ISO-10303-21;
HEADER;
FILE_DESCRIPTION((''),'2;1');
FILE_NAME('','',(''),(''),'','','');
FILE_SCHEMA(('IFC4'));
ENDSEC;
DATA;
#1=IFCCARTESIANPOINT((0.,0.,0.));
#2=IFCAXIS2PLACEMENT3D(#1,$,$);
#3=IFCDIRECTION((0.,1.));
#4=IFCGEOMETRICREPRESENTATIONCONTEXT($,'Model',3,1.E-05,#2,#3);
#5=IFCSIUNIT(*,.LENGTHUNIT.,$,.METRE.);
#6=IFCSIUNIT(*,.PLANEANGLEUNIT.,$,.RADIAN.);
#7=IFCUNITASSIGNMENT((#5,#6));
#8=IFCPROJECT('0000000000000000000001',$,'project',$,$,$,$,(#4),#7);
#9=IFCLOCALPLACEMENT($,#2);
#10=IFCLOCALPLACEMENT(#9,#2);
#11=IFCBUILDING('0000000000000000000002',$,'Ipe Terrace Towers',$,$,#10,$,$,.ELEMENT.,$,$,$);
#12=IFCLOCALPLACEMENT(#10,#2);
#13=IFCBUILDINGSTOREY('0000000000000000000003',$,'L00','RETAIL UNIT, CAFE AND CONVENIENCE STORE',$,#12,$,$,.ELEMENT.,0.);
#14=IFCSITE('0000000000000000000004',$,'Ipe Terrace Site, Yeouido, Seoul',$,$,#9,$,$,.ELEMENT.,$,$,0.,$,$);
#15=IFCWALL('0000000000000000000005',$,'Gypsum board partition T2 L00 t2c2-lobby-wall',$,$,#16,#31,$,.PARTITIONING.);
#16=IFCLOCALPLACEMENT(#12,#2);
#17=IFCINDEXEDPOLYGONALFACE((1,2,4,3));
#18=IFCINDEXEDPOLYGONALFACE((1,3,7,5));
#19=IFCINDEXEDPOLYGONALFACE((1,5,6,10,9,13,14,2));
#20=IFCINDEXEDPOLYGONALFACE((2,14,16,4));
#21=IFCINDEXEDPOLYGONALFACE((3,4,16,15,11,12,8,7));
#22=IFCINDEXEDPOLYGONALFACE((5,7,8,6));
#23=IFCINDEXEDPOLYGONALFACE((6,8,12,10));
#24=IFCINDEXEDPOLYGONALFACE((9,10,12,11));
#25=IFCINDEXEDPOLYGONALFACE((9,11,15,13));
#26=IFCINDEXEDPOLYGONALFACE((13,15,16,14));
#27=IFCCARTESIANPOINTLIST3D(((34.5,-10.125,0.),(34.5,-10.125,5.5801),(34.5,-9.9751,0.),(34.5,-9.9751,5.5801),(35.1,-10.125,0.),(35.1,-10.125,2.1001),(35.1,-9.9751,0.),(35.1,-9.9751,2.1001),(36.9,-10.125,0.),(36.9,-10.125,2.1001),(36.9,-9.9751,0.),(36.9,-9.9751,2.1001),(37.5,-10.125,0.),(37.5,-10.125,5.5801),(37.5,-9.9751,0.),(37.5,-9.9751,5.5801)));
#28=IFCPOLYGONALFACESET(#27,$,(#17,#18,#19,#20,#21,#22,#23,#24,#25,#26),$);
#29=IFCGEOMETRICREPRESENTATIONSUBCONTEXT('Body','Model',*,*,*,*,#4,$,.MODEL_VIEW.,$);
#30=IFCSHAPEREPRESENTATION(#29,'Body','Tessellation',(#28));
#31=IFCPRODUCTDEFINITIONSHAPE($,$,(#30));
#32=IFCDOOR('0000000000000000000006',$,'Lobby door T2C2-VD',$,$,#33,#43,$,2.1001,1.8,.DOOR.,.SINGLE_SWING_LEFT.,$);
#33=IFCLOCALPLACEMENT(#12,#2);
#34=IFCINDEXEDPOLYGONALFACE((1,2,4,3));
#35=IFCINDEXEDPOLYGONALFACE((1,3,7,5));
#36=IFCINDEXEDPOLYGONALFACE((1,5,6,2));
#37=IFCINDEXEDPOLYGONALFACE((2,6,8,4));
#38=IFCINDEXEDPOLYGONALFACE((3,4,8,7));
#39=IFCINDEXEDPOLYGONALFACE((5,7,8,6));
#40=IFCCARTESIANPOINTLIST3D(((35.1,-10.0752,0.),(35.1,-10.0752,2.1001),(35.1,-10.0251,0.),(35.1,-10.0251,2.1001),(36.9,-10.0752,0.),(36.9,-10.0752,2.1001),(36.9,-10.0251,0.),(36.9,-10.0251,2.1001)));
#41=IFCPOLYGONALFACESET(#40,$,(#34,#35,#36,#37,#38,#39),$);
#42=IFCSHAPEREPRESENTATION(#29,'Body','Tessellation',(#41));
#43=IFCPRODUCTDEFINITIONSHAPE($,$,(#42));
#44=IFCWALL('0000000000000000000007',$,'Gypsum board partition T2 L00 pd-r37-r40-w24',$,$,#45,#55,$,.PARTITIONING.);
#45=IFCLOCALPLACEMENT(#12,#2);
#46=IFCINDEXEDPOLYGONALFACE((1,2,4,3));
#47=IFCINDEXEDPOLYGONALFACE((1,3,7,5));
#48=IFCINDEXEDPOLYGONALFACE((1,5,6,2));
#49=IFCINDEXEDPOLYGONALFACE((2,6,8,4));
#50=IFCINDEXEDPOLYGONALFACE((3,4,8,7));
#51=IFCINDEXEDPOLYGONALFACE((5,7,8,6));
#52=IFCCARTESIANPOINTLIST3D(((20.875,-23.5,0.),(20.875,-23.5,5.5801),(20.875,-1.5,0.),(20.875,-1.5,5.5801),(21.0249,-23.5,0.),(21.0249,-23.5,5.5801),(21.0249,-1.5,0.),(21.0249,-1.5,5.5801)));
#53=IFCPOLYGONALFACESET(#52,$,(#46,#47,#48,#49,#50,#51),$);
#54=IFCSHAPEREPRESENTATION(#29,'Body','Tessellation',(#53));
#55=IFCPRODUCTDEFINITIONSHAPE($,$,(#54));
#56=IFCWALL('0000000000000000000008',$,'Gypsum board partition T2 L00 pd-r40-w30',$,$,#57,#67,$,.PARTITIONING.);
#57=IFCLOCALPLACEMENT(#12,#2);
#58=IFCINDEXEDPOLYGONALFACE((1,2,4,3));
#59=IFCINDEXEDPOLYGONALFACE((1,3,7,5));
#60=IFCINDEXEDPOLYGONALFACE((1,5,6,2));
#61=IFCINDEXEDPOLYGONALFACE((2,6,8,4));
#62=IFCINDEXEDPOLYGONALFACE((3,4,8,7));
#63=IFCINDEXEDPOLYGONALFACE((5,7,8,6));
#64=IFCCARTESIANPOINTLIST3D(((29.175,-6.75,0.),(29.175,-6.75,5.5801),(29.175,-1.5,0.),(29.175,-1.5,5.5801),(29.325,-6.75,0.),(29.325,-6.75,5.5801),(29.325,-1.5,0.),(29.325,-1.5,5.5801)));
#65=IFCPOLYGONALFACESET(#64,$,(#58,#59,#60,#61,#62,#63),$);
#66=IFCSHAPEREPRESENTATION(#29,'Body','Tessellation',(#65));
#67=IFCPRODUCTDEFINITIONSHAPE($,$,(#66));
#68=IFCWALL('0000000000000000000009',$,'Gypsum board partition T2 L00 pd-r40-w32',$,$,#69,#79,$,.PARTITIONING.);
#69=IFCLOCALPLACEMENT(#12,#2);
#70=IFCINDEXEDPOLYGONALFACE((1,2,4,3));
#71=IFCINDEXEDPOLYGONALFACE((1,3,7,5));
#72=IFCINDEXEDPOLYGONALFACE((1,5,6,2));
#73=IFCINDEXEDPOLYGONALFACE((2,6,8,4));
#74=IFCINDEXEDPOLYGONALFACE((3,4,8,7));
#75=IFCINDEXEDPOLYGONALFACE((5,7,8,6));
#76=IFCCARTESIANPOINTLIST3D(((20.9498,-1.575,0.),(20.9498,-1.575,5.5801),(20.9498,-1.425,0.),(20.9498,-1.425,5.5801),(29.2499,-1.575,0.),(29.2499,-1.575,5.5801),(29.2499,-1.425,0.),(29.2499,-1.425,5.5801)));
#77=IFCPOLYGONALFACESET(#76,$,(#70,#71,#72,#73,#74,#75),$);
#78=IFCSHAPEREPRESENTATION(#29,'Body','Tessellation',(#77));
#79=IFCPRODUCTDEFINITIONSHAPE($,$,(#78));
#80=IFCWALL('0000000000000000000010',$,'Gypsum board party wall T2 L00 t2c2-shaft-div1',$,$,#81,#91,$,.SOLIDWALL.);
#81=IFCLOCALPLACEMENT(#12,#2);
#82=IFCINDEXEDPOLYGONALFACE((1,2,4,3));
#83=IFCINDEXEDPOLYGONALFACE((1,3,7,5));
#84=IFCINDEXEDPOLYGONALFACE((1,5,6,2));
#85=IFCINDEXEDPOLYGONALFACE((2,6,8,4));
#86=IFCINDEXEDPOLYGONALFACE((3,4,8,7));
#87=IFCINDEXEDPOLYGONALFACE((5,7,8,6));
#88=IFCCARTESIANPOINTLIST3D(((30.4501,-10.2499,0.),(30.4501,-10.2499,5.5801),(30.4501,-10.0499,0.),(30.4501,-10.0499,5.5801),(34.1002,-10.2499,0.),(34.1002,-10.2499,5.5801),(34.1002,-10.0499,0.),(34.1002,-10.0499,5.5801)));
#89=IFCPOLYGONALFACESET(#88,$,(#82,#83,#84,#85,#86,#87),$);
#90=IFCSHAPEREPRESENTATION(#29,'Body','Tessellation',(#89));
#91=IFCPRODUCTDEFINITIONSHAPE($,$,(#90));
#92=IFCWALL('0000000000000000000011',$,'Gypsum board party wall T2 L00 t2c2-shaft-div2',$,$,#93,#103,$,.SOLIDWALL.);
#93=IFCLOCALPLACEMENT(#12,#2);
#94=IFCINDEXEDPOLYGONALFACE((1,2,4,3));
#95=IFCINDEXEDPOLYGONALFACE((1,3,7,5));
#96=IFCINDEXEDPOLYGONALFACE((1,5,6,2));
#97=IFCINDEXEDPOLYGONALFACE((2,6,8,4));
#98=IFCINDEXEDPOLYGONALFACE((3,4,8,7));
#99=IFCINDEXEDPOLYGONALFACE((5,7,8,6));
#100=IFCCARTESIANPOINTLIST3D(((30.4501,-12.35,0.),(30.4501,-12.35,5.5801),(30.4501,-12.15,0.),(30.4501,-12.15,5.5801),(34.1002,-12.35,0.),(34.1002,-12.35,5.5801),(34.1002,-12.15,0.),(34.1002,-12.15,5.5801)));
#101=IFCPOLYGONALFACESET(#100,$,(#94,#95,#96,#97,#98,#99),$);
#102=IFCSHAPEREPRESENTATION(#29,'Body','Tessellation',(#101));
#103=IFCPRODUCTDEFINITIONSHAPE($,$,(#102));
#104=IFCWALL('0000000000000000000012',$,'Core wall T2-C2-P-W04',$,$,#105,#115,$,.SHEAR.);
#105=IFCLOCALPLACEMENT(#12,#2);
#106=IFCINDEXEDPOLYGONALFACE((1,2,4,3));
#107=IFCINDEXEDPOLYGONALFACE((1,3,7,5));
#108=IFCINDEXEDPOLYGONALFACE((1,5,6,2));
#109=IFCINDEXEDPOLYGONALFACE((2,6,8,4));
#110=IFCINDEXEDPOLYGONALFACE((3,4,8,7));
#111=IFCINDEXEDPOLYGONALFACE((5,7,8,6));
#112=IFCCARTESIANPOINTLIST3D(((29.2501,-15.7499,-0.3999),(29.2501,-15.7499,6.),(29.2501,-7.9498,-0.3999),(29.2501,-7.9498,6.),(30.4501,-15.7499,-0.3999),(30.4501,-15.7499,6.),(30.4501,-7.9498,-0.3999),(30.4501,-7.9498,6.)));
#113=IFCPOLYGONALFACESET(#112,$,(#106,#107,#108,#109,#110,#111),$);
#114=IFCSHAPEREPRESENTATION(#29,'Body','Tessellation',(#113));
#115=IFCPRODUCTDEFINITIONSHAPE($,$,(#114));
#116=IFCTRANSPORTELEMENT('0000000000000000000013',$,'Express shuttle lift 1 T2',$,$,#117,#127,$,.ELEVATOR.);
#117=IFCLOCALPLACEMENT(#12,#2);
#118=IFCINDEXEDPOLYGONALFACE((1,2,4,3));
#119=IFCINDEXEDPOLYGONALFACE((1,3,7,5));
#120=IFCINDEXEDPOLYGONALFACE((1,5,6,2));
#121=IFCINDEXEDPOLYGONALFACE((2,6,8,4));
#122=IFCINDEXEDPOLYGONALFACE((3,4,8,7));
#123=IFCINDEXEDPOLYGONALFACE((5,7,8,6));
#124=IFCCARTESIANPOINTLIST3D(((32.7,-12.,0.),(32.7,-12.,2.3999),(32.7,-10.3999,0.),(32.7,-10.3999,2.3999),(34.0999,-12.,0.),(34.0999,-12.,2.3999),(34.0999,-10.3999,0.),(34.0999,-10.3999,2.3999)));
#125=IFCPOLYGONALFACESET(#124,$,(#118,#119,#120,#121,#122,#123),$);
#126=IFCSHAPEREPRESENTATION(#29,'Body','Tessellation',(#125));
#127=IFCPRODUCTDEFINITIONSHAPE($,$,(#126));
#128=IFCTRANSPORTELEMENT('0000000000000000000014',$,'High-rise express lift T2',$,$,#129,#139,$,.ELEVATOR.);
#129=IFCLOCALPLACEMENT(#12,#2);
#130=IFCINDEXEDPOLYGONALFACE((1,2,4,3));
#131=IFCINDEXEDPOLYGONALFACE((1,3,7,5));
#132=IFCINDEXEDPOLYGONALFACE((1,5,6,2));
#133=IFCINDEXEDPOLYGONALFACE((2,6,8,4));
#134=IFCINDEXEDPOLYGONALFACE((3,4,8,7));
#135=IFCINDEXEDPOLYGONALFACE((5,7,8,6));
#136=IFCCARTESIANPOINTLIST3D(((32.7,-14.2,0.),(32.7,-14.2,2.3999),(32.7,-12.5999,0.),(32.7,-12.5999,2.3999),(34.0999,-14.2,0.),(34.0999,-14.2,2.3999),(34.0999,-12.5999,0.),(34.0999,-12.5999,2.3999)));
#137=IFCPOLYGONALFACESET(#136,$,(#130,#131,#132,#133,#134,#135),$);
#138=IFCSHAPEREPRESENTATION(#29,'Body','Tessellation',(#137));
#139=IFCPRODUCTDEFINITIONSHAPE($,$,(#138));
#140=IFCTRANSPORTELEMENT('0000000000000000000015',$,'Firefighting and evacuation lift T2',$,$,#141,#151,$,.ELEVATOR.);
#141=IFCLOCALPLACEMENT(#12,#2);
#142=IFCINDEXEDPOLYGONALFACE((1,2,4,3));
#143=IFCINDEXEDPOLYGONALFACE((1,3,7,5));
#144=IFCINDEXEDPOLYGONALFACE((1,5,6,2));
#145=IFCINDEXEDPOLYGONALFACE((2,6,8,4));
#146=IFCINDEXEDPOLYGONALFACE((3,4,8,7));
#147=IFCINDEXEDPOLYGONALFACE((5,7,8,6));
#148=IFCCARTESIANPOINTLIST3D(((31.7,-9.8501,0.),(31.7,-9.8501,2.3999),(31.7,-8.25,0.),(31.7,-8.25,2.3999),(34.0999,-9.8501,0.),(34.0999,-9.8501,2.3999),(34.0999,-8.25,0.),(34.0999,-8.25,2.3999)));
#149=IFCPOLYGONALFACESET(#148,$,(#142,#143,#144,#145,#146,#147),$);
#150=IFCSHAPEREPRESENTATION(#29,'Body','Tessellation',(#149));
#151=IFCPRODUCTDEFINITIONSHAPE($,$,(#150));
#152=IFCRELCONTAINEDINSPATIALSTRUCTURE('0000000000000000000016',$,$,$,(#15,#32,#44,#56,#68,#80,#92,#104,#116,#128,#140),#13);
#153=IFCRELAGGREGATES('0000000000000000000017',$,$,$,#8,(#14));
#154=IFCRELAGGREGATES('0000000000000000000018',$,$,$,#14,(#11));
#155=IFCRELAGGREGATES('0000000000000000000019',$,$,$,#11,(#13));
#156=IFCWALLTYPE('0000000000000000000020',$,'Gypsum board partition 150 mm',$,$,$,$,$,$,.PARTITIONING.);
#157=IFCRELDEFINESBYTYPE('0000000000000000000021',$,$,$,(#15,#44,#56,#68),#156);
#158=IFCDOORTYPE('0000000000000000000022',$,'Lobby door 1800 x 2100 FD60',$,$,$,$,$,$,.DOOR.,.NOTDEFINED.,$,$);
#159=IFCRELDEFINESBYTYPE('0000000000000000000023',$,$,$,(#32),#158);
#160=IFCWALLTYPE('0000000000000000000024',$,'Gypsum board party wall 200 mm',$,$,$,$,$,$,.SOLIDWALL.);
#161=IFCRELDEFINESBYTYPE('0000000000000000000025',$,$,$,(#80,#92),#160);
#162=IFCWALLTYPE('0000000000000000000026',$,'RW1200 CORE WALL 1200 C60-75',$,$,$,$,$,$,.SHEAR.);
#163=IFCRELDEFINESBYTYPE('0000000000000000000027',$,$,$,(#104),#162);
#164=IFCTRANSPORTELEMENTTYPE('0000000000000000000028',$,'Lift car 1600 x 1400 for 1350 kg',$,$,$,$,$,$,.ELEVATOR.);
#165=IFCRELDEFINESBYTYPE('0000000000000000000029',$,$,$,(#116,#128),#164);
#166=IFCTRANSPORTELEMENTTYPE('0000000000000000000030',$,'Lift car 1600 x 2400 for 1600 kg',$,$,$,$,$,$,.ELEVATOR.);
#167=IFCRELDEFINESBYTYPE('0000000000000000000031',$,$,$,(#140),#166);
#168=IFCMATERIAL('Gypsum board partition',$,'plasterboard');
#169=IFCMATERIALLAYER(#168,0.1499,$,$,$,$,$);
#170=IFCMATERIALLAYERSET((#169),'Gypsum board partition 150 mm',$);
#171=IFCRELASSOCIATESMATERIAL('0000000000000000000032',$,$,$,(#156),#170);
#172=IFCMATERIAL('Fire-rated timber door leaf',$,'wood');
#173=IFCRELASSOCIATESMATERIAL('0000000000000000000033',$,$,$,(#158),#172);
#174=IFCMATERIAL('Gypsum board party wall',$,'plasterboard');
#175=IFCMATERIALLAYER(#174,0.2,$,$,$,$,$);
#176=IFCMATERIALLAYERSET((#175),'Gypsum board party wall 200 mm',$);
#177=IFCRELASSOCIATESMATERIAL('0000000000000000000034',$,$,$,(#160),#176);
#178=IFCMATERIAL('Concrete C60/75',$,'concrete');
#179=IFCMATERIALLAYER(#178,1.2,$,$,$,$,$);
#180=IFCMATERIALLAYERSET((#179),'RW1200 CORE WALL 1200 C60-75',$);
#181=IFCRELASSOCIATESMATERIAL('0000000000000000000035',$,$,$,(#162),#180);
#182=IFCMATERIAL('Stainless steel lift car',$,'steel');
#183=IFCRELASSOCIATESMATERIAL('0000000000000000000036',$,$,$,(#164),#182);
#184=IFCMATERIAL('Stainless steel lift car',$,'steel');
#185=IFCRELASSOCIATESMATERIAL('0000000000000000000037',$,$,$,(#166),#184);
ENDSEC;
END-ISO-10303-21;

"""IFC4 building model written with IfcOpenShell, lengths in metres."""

from ifc_helpers import new_model, si_unit, direction, frame, frame_2d, origin, origin_2d, place, context, subcontext, project, spatial, rectangle, extrude, material, layer, layer_set, type_object, element, fill, save


model = new_model("IFC4")

# Units and contexts
model_context = context("Model", 3, precision=1e-05, world=origin(), true_north=direction((0.0, 1.0)))
body_context = subcontext(model_context, "Body", "Model", "MODEL_VIEW")
ifc_project = project(units=[si_unit("LENGTHUNIT", "METRE"), si_unit("PLANEANGLEUNIT", "RADIAN")], contexts=[model_context])

# Site, building, storey
site_placement = place(None, origin())
site = spatial("IfcSite", under=ifc_project, at=site_placement, Name="Ipe Terrace Site, Yeouido, Seoul", CompositionType="ELEMENT", RefElevation=0.0)
building_placement = place(site_placement, origin())
building = spatial("IfcBuilding", under=site, at=building_placement, Name="Ipe Terrace Towers", CompositionType="ELEMENT")
storey_placement = place(building_placement, origin())
storey = spatial("IfcBuildingStorey", under=building, at=storey_placement, Name="L00", Description="RETAIL UNIT, CAFE AND CONVENIENCE STORE", CompositionType="ELEMENT", Elevation=0.0)

# Wall, opening, door
ifc_material_1 = material(Name="Gypsum board partition", Category="plasterboard")
ifc_layer_1 = layer(ifc_material_1, 0.1499)
ifc_layer_set_1 = layer_set([ifc_layer_1], Name="Gypsum board partition 150 mm")
wall_type_1 = type_object("IfcWallType", Name="Gypsum board partition 150 mm", PredefinedType="PARTITIONING", material=ifc_layer_set_1)
wall_1_placement = place(storey_placement, frame((34.5, -10.05, 0.0), z_axis=(0.0, 0.0, 1.0), x_axis=(1.0, 0.0, 0.0)))
wall_1 = element("IfcWall", 1, at=wall_1_placement, inside=storey, type_object=wall_type_1, Name="Gypsum board partition T2 L00 t2c2-lobby-wall", PredefinedType="PARTITIONING", context=body_context, shape_type="SweptSolid", body=[
    extrude(rectangle(XDim=3.0, YDim=0.1499, at=frame_2d((1.5, 0.0))), origin(), (0.0, 0.0, 1.0), 5.5801),
])
opening_placement = place(wall_1_placement, frame((0.6001, 0.0, 0.0)))
opening = element("IfcOpeningElement", 2, at=opening_placement, cuts=wall_1, PredefinedType="OPENING", context=body_context, shape_type="SweptSolid", body=[
    extrude(rectangle(XDim=1.8, YDim=2.1001, at=frame_2d((0.8999, 1.05))), frame((0.0, 0.085, 0.0), z_axis=(0.0, -1.0, 0.0), x_axis=(1.0, 0.0, 0.0)), (0.0, 0.0, 1.0), 0.1699),
])
ifc_material_2 = material(Name="Fire-rated timber door leaf", Category="wood")
door_type = type_object("IfcDoorType", Name="Lobby door 1800 x 2100 FD60", OperationType="NOTDEFINED", PredefinedType="DOOR", material=ifc_material_2)
door_placement = place(opening_placement, origin())
door = element("IfcDoor", 3, at=door_placement, inside=storey, type_object=door_type, Name="Lobby door T2C2-VD", OperationType="SINGLE_SWING_LEFT", OverallHeight=2.1001, OverallWidth=1.8, PredefinedType="DOOR", context=body_context, shape_type="SweptSolid", body=[
    extrude(rectangle(XDim=1.8, YDim=2.1001, at=frame_2d((0.8999, 1.05))), frame((0.0, 0.0249, 0.0), z_axis=(0.0, -1.0, 0.0), x_axis=(1.0, 0.0, 0.0)), (0.0, 0.0, 1.0), 0.05),
])
fill(opening, door)

# Walls
wall_2_placement = place(storey_placement, frame((20.95, -1.5, 0.0), z_axis=(0.0, 0.0, 1.0), x_axis=(0.0, -1.0, 0.0)))
element("IfcWall", 4, at=wall_2_placement, inside=storey, type_object=wall_type_1, Name="Gypsum board partition T2 L00 pd-r37-r40-w24", PredefinedType="PARTITIONING", context=body_context, shape_type="SweptSolid", body=[
    extrude(rectangle(XDim=22.0, YDim=0.1499, at=frame_2d((11.0, 0.0))), origin(), (0.0, 0.0, 1.0), 5.5801),
])
wall_3_placement = place(storey_placement, frame((29.25, -1.5, 0.0), z_axis=(0.0, 0.0, 1.0), x_axis=(0.0, -1.0, 0.0)))
element("IfcWall", 5, at=wall_3_placement, inside=storey, type_object=wall_type_1, Name="Gypsum board partition T2 L00 pd-r40-w30", PredefinedType="PARTITIONING", context=body_context, shape_type="SweptSolid", body=[
    extrude(rectangle(XDim=5.25, YDim=0.1499, at=frame_2d((2.625, 0.0))), origin(), (0.0, 0.0, 1.0), 5.5801),
])
wall_4_placement = place(storey_placement, frame((20.95, -1.5, 0.0), z_axis=(0.0, 0.0, 1.0), x_axis=(1.0, 0.0, 0.0)))
element("IfcWall", 6, at=wall_4_placement, inside=storey, type_object=wall_type_1, Name="Gypsum board partition T2 L00 pd-r40-w32", PredefinedType="PARTITIONING", context=body_context, shape_type="SweptSolid", body=[
    extrude(rectangle(XDim=8.3, YDim=0.1499, at=frame_2d((4.1499, 0.0))), origin(), (0.0, 0.0, 1.0), 5.5801),
])
ifc_material_3 = material(Name="Gypsum board party wall", Category="plasterboard")
ifc_layer_2 = layer(ifc_material_3, 0.2)
ifc_layer_set_2 = layer_set([ifc_layer_2], Name="Gypsum board party wall 200 mm")
wall_type_2 = type_object("IfcWallType", Name="Gypsum board party wall 200 mm", PredefinedType="SOLIDWALL", material=ifc_layer_set_2)
for number, where, z_axis, x_axis, name in (
    (7, (30.45, -10.1499, 0.0), (0.0, 0.0, 1.0), (1.0, 0.0, 0.0), "Gypsum board party wall T2 L00 t2c2-shaft-div1"),
    (8, (30.45, -12.25, 0.0), (0.0, 0.0, 1.0), (1.0, 0.0, 0.0), "Gypsum board party wall T2 L00 t2c2-shaft-div2"),
):
    element("IfcWall", number, at=place(storey_placement, frame(where, z_axis=z_axis, x_axis=x_axis)), inside=storey, type_object=wall_type_2, Name=name, PredefinedType="SOLIDWALL", context=body_context, shape_type="SweptSolid", body=[
        extrude(rectangle(XDim=3.6501, YDim=0.2, at=frame_2d((1.8252, 0.0))), origin(), (0.0, 0.0, 1.0), 5.5801),
    ])
ifc_material_4 = material(Name="Concrete C60/75", Category="concrete")
ifc_layer_3 = layer(ifc_material_4, 1.2)
ifc_layer_set_3 = layer_set([ifc_layer_3], Name="RW1200 CORE WALL 1200 C60-75")
wall_type_3 = type_object("IfcWallType", Name="RW1200 CORE WALL 1200 C60-75", PredefinedType="SHEAR", material=ifc_layer_set_3)
wall_5_placement = place(storey_placement, frame((29.8501, -7.95, -0.3999), z_axis=(0.0, 0.0, 1.0), x_axis=(0.0, -1.0, 0.0)))
element("IfcWall", 9, at=wall_5_placement, inside=storey, type_object=wall_type_3, Name="Core wall T2-C2-P-W04", PredefinedType="SHEAR", context=body_context, shape_type="SweptSolid", body=[
    extrude(rectangle(XDim=7.8, YDim=1.2, at=frame_2d((3.8999, 0.0))), origin(), (0.0, 0.0, 1.0), 6.3999),
])

# Transport elements
ifc_material_5 = material(Name="Stainless steel lift car", Category="steel")
transport_element_type_1 = type_object("IfcTransportElementType", Name="Lift car 1600 x 1400 for 1350 kg", PredefinedType="ELEVATOR", material=ifc_material_5)
for number, where, z_axis, x_axis, name in (
    (10, (33.3999, -11.2, 0.0), (0.0, 0.0, 1.0), (1.0, 0.0, 0.0), "Express shuttle lift 1 T2"),
    (11, (33.3999, -13.3999, 0.0), (0.0, 0.0, 1.0), (1.0, 0.0, 0.0), "High-rise express lift T2"),
):
    element("IfcTransportElement", number, at=place(storey_placement, frame(where, z_axis=z_axis, x_axis=x_axis)), inside=storey, type_object=transport_element_type_1, Name=name, PredefinedType="ELEVATOR", context=body_context, shape_type="SweptSolid", body=[
        extrude(rectangle(XDim=1.3999, YDim=1.6001, at=origin_2d()), origin(), (0.0, 0.0, 1.0), 2.3999),
    ])
ifc_material_6 = material(Name="Stainless steel lift car", Category="steel")
transport_element_type_2 = type_object("IfcTransportElementType", Name="Lift car 1600 x 2400 for 1600 kg", PredefinedType="ELEVATOR", material=ifc_material_6)
transport_element_placement = place(storey_placement, frame((32.8999, -9.05, 0.0), z_axis=(0.0, 0.0, 1.0), x_axis=(1.0, 0.0, 0.0)))
element("IfcTransportElement", 12, at=transport_element_placement, inside=storey, type_object=transport_element_type_2, Name="Firefighting and evacuation lift T2", PredefinedType="ELEVATOR", context=body_context, shape_type="SweptSolid", body=[
    extrude(rectangle(XDim=2.3999, YDim=1.6001, at=origin_2d()), origin(), (0.0, 0.0, 1.0), 2.3999),
])

save(model, "model.ifc")
